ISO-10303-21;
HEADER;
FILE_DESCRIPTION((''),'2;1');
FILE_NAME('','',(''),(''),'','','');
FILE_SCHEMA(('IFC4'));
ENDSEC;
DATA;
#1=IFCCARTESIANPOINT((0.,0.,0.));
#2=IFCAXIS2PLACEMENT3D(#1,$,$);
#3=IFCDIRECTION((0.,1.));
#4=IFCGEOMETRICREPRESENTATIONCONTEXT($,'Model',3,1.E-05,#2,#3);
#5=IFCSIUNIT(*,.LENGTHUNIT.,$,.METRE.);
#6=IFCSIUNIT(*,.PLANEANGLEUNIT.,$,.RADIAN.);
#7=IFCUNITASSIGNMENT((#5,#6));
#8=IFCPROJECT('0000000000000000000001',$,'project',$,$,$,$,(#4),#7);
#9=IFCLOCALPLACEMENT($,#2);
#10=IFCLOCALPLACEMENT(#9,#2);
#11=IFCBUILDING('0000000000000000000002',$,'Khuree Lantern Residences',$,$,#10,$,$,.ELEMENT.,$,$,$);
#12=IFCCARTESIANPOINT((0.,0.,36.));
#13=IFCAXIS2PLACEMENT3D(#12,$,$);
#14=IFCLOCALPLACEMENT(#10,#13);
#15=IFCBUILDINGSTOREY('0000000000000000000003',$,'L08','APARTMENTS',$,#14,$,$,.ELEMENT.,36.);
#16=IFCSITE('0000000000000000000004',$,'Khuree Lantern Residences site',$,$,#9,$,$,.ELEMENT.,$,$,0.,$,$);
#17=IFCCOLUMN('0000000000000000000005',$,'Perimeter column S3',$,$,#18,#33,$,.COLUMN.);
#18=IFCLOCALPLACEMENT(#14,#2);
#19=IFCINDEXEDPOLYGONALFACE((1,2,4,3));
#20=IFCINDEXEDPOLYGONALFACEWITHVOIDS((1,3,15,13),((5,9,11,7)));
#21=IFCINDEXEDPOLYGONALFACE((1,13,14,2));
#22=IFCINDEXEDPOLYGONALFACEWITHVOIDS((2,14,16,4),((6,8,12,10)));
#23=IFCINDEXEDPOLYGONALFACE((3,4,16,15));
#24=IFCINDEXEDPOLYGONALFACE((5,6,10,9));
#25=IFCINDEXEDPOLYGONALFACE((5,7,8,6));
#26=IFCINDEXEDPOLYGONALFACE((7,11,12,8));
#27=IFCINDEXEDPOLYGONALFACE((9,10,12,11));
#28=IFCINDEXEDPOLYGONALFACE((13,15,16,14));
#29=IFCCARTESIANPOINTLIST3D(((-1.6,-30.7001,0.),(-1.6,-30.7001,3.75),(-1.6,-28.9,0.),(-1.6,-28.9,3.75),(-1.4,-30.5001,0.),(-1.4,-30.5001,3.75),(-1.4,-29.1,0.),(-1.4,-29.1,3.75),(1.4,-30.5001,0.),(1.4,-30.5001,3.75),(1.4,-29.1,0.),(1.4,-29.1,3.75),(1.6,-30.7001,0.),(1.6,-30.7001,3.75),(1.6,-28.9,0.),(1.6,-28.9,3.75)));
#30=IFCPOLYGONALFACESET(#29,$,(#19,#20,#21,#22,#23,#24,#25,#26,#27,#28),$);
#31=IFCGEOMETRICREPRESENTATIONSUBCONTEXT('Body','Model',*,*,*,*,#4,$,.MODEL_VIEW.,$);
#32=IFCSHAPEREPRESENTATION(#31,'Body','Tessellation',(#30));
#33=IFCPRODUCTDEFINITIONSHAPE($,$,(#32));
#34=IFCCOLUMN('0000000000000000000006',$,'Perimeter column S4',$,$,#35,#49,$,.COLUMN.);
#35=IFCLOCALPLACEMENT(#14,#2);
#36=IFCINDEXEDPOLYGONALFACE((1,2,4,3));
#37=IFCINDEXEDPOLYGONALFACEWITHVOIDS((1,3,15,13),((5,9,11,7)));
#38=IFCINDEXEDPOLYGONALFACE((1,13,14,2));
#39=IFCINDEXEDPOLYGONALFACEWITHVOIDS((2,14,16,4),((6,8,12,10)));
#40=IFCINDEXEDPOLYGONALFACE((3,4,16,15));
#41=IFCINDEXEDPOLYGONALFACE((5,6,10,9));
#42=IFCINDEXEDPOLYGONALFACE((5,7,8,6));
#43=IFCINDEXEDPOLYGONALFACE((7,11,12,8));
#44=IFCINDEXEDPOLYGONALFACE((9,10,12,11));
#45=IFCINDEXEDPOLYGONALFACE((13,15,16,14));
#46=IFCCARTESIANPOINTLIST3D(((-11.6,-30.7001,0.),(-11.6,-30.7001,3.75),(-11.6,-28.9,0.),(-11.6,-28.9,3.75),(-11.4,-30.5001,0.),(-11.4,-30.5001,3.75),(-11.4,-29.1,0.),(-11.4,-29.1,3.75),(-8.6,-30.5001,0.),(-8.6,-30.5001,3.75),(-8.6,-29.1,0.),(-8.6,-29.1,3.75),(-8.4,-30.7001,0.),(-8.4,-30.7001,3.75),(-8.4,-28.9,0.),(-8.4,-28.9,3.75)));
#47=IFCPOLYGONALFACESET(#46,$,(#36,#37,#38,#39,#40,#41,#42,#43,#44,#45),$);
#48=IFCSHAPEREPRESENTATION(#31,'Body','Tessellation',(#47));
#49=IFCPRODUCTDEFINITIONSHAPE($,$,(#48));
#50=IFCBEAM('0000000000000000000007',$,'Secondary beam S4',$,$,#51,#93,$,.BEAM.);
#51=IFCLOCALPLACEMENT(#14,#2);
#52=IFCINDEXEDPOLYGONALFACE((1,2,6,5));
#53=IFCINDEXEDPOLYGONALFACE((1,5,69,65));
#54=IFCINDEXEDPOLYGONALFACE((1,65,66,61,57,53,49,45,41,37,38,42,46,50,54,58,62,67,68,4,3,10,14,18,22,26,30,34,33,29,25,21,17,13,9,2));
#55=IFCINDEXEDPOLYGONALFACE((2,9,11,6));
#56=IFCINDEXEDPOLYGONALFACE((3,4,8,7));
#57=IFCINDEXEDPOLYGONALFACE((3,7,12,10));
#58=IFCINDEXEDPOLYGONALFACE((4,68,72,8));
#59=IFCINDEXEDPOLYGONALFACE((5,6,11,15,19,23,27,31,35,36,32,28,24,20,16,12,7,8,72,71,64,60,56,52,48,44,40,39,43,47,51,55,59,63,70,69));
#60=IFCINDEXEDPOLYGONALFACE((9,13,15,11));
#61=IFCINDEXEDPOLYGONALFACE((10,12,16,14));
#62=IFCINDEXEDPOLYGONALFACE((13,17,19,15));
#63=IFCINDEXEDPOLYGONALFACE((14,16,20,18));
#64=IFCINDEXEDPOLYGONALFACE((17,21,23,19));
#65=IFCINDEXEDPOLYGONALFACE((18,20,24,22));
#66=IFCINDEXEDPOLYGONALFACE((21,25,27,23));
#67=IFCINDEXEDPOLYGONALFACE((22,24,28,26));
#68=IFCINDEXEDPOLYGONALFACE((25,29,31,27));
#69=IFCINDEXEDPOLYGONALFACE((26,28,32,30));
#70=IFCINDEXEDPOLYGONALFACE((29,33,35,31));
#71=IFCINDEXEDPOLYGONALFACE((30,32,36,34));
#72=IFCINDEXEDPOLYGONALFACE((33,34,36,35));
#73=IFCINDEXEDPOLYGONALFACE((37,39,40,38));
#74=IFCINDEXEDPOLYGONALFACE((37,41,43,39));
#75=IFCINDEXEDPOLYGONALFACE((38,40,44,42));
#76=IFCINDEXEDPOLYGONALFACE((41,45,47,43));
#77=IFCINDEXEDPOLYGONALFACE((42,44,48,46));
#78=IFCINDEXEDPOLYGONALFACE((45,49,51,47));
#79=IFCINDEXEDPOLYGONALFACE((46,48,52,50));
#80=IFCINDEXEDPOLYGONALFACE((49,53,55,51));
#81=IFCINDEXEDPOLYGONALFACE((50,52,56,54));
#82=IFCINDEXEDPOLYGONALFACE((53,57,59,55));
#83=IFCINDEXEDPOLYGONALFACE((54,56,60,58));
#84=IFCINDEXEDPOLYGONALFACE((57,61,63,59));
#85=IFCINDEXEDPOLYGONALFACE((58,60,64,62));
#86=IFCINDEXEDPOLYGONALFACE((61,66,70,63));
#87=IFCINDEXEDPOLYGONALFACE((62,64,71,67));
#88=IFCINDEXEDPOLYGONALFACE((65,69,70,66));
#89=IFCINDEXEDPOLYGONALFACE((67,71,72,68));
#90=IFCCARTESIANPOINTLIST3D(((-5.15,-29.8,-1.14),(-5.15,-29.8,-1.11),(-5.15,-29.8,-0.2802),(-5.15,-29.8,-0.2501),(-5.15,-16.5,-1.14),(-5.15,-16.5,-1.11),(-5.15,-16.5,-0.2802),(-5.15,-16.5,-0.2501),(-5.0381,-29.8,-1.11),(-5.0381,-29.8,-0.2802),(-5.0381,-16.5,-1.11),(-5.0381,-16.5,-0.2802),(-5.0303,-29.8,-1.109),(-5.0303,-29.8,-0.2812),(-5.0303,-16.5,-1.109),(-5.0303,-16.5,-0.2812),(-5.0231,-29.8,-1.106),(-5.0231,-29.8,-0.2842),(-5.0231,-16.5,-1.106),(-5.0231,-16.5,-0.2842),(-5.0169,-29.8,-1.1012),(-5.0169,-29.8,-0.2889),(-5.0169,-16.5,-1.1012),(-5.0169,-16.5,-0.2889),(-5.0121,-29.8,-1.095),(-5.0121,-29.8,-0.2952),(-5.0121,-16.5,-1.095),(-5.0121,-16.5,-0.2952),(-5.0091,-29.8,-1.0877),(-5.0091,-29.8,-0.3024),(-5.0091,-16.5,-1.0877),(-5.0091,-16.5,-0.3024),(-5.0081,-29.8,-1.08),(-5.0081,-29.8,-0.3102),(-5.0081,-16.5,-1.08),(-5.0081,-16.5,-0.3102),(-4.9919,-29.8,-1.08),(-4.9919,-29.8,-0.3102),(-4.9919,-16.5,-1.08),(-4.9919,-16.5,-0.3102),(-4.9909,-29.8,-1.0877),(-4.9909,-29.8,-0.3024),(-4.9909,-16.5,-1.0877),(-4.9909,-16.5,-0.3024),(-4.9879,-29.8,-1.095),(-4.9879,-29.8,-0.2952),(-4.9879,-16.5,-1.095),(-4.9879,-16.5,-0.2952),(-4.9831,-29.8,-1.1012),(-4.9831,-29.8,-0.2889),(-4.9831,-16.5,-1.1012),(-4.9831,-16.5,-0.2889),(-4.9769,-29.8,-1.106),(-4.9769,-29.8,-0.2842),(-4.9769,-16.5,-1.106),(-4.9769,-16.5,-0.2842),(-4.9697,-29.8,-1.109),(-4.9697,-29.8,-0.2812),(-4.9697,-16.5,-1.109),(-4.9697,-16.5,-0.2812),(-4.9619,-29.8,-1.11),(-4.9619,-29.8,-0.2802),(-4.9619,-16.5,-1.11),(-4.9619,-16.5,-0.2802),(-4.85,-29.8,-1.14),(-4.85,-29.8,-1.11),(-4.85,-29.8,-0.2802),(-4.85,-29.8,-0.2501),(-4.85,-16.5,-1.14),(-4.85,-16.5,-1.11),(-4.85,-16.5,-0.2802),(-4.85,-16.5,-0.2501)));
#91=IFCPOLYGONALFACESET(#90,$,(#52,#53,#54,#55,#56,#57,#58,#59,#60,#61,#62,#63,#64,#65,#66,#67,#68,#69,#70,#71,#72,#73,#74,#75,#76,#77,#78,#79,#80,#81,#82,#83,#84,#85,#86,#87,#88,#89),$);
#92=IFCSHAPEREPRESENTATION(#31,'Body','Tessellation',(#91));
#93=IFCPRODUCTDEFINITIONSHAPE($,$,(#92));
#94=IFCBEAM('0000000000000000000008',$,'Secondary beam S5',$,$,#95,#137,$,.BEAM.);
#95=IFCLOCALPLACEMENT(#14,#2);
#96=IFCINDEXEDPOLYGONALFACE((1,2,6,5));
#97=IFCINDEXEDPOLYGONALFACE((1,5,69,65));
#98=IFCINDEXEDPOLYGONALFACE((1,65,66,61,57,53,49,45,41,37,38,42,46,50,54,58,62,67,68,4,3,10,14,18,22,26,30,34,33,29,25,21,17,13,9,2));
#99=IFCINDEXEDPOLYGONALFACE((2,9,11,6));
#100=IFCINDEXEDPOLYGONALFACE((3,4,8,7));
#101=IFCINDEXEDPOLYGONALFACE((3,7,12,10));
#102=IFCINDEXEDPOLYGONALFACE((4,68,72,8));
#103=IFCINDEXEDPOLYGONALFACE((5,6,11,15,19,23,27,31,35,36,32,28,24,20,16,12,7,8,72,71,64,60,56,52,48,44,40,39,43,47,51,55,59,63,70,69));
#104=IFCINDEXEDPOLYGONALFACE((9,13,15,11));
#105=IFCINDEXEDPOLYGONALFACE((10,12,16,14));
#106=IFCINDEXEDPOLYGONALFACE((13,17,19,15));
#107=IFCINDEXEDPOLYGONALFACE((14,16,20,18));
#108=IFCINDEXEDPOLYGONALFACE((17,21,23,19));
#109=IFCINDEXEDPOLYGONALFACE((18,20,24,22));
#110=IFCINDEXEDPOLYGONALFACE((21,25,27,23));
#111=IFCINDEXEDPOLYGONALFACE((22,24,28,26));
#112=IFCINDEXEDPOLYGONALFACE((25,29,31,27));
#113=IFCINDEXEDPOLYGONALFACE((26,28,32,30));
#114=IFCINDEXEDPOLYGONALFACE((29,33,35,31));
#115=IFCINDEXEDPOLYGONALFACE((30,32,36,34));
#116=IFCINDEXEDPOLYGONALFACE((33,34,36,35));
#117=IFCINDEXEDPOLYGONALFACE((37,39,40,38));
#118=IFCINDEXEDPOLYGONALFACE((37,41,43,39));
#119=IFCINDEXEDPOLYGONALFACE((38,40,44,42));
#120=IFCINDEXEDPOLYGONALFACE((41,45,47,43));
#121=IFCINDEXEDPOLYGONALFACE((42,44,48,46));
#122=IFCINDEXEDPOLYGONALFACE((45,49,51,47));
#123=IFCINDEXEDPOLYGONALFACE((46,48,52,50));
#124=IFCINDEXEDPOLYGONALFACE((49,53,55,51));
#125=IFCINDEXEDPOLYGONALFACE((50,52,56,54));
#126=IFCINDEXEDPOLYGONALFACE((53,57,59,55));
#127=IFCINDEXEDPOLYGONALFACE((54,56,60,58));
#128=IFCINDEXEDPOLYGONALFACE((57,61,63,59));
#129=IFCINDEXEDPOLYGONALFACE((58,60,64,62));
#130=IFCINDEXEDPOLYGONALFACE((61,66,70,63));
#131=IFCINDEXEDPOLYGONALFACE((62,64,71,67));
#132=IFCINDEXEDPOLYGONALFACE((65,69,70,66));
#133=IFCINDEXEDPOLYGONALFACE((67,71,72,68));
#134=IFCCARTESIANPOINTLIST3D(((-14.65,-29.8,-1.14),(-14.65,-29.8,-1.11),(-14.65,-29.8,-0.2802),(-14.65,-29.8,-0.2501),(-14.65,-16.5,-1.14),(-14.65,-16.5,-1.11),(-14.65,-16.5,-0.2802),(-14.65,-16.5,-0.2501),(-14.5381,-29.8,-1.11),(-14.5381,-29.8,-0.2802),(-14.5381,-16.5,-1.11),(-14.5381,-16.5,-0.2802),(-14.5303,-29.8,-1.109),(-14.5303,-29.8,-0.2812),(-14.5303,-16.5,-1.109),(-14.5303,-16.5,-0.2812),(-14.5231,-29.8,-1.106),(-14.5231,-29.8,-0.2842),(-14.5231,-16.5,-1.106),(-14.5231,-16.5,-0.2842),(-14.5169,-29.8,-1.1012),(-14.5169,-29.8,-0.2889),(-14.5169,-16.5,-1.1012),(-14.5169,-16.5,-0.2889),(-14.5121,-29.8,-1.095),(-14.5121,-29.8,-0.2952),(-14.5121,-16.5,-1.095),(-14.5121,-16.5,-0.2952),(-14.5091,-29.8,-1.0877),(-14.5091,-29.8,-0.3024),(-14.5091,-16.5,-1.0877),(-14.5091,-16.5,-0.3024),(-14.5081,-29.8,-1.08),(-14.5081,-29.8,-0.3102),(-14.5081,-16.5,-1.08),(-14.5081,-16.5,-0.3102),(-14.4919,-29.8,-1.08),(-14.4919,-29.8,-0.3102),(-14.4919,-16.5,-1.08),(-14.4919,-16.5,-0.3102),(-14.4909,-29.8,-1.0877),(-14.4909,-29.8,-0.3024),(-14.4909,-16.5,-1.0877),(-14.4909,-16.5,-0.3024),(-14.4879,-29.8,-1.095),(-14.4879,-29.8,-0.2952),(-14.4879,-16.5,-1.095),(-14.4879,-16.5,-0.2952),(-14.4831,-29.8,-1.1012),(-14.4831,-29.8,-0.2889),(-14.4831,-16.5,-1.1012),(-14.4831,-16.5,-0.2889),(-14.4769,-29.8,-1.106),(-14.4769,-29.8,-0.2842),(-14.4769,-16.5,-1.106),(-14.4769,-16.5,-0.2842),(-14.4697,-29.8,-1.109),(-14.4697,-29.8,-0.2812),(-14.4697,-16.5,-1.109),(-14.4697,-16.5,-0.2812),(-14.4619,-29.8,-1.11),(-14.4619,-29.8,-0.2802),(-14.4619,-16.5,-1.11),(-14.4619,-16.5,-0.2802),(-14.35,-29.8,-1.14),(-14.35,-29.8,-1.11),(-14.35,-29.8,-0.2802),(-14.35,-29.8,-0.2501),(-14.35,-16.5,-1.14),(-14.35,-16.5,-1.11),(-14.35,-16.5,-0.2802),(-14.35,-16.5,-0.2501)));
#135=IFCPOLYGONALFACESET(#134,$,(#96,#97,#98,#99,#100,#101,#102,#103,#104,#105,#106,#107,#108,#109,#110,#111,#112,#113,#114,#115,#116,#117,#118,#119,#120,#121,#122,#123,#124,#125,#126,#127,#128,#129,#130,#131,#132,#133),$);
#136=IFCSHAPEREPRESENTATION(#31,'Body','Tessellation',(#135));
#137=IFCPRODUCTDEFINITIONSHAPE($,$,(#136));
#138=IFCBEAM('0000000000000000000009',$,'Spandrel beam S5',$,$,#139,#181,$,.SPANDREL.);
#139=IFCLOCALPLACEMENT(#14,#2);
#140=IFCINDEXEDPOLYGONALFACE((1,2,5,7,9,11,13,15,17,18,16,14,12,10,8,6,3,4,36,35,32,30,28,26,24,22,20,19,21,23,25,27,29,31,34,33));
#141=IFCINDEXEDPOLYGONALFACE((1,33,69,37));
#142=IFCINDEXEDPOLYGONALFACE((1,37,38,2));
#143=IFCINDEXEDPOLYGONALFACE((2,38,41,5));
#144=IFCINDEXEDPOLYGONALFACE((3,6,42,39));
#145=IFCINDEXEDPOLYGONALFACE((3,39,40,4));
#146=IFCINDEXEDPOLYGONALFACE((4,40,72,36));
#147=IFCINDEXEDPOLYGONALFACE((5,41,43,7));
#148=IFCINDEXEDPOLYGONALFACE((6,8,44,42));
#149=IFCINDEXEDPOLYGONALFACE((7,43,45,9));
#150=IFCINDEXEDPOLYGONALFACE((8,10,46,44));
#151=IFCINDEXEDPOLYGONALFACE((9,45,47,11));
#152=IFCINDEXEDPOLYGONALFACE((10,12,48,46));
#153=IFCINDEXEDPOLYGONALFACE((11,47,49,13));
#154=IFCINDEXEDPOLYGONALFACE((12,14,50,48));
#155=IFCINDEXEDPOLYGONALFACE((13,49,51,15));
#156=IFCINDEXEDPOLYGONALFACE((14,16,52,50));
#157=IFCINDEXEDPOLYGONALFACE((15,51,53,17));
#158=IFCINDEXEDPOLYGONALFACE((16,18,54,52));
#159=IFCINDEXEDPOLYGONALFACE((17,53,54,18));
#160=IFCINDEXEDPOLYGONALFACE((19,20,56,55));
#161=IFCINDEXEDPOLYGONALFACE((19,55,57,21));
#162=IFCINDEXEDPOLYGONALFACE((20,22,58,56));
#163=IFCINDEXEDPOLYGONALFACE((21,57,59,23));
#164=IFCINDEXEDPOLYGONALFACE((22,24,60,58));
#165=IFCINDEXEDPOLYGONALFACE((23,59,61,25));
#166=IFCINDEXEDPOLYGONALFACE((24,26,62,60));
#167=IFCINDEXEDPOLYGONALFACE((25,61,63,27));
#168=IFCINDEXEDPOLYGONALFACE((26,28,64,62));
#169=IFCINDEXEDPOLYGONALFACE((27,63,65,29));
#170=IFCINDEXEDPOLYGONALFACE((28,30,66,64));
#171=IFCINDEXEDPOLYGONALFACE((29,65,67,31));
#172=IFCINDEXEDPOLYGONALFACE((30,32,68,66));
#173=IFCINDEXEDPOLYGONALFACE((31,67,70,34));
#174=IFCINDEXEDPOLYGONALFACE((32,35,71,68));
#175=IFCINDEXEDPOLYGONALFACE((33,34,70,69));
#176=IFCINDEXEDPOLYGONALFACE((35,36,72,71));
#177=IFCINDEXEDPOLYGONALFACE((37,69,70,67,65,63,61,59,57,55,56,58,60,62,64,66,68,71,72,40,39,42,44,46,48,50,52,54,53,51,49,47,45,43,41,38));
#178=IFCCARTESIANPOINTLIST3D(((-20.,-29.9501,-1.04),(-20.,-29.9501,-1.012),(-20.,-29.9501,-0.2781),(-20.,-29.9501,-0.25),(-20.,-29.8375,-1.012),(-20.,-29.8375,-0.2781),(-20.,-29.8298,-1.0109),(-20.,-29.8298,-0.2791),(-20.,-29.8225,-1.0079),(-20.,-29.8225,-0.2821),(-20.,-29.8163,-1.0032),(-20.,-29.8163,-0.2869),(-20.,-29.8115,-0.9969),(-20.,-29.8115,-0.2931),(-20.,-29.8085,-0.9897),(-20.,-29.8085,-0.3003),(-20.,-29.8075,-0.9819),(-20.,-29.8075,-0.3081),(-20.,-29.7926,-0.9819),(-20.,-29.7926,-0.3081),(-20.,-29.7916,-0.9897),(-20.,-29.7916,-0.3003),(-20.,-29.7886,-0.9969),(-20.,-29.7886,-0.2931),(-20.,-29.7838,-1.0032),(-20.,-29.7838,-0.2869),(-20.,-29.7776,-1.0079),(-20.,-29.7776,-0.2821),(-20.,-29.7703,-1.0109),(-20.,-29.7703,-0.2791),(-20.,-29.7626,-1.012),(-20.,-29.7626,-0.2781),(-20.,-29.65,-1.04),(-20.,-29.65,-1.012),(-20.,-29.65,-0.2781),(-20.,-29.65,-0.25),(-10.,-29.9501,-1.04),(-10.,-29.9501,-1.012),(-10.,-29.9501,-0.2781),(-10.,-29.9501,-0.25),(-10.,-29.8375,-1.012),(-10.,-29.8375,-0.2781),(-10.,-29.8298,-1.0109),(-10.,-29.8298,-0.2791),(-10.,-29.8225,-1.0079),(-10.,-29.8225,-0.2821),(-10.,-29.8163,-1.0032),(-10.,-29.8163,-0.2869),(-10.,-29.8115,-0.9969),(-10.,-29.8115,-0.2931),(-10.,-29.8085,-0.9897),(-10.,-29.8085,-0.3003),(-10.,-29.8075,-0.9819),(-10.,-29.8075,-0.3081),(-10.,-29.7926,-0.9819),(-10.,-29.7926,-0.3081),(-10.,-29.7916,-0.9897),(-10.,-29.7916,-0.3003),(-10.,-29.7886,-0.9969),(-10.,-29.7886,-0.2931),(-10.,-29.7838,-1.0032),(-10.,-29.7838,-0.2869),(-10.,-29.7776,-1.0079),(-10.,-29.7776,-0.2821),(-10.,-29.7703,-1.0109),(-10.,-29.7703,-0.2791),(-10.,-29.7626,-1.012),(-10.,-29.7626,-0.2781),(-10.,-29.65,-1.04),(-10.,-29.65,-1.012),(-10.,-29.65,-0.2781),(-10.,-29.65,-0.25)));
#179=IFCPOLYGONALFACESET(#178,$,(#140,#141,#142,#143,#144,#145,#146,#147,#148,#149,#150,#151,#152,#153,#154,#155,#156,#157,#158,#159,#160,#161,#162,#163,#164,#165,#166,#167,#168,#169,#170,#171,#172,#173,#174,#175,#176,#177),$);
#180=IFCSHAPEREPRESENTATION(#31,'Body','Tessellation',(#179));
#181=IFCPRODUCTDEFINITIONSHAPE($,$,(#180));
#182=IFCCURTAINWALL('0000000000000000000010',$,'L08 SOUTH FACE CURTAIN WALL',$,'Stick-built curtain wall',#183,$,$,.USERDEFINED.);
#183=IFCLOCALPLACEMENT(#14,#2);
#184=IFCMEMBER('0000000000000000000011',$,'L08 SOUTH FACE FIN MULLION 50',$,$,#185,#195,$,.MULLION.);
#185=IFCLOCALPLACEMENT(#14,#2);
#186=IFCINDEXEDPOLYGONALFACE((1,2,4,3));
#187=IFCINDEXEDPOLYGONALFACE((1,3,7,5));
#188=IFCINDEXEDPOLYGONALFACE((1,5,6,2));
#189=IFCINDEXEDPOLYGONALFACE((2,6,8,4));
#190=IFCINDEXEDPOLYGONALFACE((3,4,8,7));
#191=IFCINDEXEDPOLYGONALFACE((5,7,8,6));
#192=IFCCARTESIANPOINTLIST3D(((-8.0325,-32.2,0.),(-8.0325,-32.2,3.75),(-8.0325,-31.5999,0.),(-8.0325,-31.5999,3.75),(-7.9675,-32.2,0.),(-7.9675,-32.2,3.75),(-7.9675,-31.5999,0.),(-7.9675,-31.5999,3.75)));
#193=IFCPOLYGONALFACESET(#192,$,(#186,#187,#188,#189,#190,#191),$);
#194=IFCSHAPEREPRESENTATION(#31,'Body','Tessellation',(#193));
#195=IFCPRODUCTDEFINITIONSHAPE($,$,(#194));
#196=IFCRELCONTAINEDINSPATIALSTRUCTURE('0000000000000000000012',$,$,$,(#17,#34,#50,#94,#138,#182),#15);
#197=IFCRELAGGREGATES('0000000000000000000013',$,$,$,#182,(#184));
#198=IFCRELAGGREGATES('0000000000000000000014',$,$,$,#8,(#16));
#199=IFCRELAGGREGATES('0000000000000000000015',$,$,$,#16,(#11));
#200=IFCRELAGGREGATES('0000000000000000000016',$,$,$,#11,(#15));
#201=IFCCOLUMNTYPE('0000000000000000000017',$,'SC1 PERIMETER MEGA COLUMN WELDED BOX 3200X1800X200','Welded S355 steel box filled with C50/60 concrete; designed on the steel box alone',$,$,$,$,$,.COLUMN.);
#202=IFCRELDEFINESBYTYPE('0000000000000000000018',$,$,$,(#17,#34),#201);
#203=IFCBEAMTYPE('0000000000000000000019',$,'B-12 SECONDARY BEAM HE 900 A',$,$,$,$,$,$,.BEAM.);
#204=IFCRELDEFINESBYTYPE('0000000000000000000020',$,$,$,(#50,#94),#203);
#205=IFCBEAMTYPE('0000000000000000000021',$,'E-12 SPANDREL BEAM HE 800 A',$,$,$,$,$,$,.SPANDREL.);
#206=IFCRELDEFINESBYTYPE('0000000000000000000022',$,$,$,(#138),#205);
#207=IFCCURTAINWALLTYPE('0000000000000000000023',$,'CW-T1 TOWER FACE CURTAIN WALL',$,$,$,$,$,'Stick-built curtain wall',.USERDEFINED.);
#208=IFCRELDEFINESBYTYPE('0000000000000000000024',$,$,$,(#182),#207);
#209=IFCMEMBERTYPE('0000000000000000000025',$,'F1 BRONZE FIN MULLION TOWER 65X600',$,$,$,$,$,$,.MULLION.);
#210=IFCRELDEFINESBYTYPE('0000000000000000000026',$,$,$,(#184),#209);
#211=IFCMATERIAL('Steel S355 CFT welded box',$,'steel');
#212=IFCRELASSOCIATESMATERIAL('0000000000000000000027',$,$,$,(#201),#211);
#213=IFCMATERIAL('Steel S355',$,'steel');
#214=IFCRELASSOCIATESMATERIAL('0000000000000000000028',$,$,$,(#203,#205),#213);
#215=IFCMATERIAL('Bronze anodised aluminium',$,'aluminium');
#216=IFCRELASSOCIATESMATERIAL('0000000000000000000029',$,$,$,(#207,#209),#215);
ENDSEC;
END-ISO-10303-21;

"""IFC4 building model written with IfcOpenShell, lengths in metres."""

from ifc_helpers import new_model, si_unit, direction, frame, origin, origin_2d, place, context, subcontext, project, spatial, rectangle, hollow_rectangle, i_section, extrude, material, material_profile, profile_set, type_object, element, aggregate, save


model = new_model("IFC4")

# Units and contexts
model_context = context("Model", 3, precision=1e-05, world=origin(), true_north=direction((0.0, 1.0)))
body_context = subcontext(model_context, "Body", "Model", "MODEL_VIEW")
ifc_project = project(units=[si_unit("LENGTHUNIT", "METRE"), si_unit("PLANEANGLEUNIT", "RADIAN")], contexts=[model_context])

# Site, building, storey
site_placement = place(None, origin())
site = spatial("IfcSite", under=ifc_project, at=site_placement, Name="Khuree Lantern Residences site", CompositionType="ELEMENT", RefElevation=0.0)
building_placement = place(site_placement, origin())
building = spatial("IfcBuilding", under=site, at=building_placement, Name="Khuree Lantern Residences", CompositionType="ELEMENT")
storey_placement = place(building_placement, frame((0.0, 0.0, 36.0)))
storey = spatial("IfcBuildingStorey", under=building, at=storey_placement, Name="L08", Description="APARTMENTS", CompositionType="ELEMENT", Elevation=36.0)

# Columns
ifc_material_1 = material(Name="Steel S355 CFT welded box", Category="steel")
ifc_material_profile_1 = material_profile(ifc_material_1, hollow_rectangle(XDim=3.2, YDim=1.8, WallThickness=0.2, at=origin_2d()), Name="WELDED BOX 3200X1800X200")
ifc_profile_set_1 = profile_set([ifc_material_profile_1], Name="Steel S355 CFT welded box")
column_type = type_object("IfcColumnType", Name="SC1 PERIMETER MEGA COLUMN WELDED BOX 3200X1800X200", Description="Welded S355 steel box filled with C50/60 concrete; designed on the steel box alone", PredefinedType="COLUMN", material=ifc_profile_set_1)
for number, where, z_axis, x_axis, name in (
    (1, (0.0, -29.8, 0.0), (0.0, 0.0, 1.0), (1.0, 0.0, 0.0), "Perimeter column S3"),
    (2, (-10.0, -29.8, 0.0), (0.0, 0.0, 1.0), (1.0, 0.0, 0.0), "Perimeter column S4"),
):
    element("IfcColumn", number, at=place(storey_placement, frame(where, z_axis=z_axis, x_axis=x_axis)), inside=storey, type_object=column_type, Name=name, PredefinedType="COLUMN", context=body_context, shape_type="SweptSolid", body=[
        extrude(hollow_rectangle(XDim=3.2, YDim=1.8, WallThickness=0.2, at=origin_2d()), origin(), (0.0, 0.0, 1.0), 3.75),
    ])

# Beams
ifc_material_2 = material(Name="Steel S355", Category="steel")
ifc_material_profile_2 = material_profile(ifc_material_2, i_section(OverallWidth=0.3, OverallDepth=0.8899, WebThickness=0.0161, FlangeThickness=0.03, FilletRadius=0.03, at=origin_2d()), Name="HE 900 A")
ifc_profile_set_2 = profile_set([ifc_material_profile_2], Name="Steel S355")
beam_type_1 = type_object("IfcBeamType", Name="B-12 SECONDARY BEAM HE 900 A", PredefinedType="BEAM", material=ifc_profile_set_2)
for number, where, z_axis, x_axis, name in (
    (3, (-5.0, -29.8, -0.6951), (0.0, 1.0, 0.0), (-1.0, 0.0, 0.0), "Secondary beam S4"),
    (4, (-14.5, -29.8, -0.6951), (0.0, 1.0, 0.0), (-1.0, 0.0, 0.0), "Secondary beam S5"),
):
    element("IfcBeam", number, at=place(storey_placement, frame(where, z_axis=z_axis, x_axis=x_axis)), inside=storey, type_object=beam_type_1, Name=name, PredefinedType="BEAM", context=body_context, shape_type="SweptSolid", body=[
        extrude(i_section(OverallWidth=0.3, OverallDepth=0.8899, WebThickness=0.0161, FlangeThickness=0.03, FilletRadius=0.03, at=origin_2d()), origin(), (0.0, 0.0, 1.0), 13.3),
    ])
ifc_material_profile_3 = material_profile(ifc_material_2, i_section(OverallWidth=0.3, OverallDepth=0.79, WebThickness=0.0149, FlangeThickness=0.0281, FilletRadius=0.03, at=origin_2d()), Name="HE 800 A")
ifc_profile_set_3 = profile_set([ifc_material_profile_3], Name="Steel S355")
beam_type_2 = type_object("IfcBeamType", Name="E-12 SPANDREL BEAM HE 800 A", PredefinedType="SPANDREL", material=ifc_profile_set_3)
beam_1_placement = place(storey_placement, frame((-10.0, -29.8, -0.645), z_axis=(-1.0, 0.0, 0.0), x_axis=(0.0, -1.0, 0.0)))
element("IfcBeam", 5, at=beam_1_placement, inside=storey, type_object=beam_type_2, Name="Spandrel beam S5", PredefinedType="SPANDREL", context=body_context, shape_type="SweptSolid", body=[
    extrude(i_section(OverallWidth=0.3, OverallDepth=0.79, WebThickness=0.0149, FlangeThickness=0.0281, FilletRadius=0.03, at=origin_2d()), origin(), (0.0, 0.0, 1.0), 10.0),
])

# Curtain wall, member
ifc_material_3 = material(Name="Bronze anodised aluminium", Category="aluminium")
curtain_wall_type = type_object("IfcCurtainWallType", Name="CW-T1 TOWER FACE CURTAIN WALL", ElementType="Stick-built curtain wall", PredefinedType="USERDEFINED", material=ifc_material_3)
curtain_wall_placement = place(storey_placement, origin())
curtain_wall = element("IfcCurtainWall", 6, at=curtain_wall_placement, inside=storey, type_object=curtain_wall_type, Name="L08 SOUTH FACE CURTAIN WALL", ObjectType="Stick-built curtain wall", PredefinedType="USERDEFINED")
ifc_material_profile_4 = material_profile(ifc_material_3, rectangle(XDim=0.0649, YDim=0.6001, at=origin_2d()), Name="F1 65X600")
ifc_profile_set_4 = profile_set([ifc_material_profile_4], Name="Bronze anodised aluminium")
member_type_1 = type_object("IfcMemberType", Name="F1 BRONZE FIN MULLION TOWER 65X600", PredefinedType="MULLION", material=ifc_profile_set_4)
member_1_placement = place(storey_placement, frame((-8.0, -31.8999, 0.0), z_axis=(0.0, 0.0, 1.0), x_axis=(1.0, 0.0, 0.0)))
member_1 = element("IfcMember", 7, at=member_1_placement, type_object=member_type_1, Name="L08 SOUTH FACE FIN MULLION 50", PredefinedType="MULLION", context=body_context, shape_type="SweptSolid", body=[
    extrude(rectangle(XDim=0.0649, YDim=0.6001, at=origin_2d()), origin(), (0.0, 0.0, 1.0), 3.75),
])

aggregate(curtain_wall, [member_1])

save(model, "model.ifc")
